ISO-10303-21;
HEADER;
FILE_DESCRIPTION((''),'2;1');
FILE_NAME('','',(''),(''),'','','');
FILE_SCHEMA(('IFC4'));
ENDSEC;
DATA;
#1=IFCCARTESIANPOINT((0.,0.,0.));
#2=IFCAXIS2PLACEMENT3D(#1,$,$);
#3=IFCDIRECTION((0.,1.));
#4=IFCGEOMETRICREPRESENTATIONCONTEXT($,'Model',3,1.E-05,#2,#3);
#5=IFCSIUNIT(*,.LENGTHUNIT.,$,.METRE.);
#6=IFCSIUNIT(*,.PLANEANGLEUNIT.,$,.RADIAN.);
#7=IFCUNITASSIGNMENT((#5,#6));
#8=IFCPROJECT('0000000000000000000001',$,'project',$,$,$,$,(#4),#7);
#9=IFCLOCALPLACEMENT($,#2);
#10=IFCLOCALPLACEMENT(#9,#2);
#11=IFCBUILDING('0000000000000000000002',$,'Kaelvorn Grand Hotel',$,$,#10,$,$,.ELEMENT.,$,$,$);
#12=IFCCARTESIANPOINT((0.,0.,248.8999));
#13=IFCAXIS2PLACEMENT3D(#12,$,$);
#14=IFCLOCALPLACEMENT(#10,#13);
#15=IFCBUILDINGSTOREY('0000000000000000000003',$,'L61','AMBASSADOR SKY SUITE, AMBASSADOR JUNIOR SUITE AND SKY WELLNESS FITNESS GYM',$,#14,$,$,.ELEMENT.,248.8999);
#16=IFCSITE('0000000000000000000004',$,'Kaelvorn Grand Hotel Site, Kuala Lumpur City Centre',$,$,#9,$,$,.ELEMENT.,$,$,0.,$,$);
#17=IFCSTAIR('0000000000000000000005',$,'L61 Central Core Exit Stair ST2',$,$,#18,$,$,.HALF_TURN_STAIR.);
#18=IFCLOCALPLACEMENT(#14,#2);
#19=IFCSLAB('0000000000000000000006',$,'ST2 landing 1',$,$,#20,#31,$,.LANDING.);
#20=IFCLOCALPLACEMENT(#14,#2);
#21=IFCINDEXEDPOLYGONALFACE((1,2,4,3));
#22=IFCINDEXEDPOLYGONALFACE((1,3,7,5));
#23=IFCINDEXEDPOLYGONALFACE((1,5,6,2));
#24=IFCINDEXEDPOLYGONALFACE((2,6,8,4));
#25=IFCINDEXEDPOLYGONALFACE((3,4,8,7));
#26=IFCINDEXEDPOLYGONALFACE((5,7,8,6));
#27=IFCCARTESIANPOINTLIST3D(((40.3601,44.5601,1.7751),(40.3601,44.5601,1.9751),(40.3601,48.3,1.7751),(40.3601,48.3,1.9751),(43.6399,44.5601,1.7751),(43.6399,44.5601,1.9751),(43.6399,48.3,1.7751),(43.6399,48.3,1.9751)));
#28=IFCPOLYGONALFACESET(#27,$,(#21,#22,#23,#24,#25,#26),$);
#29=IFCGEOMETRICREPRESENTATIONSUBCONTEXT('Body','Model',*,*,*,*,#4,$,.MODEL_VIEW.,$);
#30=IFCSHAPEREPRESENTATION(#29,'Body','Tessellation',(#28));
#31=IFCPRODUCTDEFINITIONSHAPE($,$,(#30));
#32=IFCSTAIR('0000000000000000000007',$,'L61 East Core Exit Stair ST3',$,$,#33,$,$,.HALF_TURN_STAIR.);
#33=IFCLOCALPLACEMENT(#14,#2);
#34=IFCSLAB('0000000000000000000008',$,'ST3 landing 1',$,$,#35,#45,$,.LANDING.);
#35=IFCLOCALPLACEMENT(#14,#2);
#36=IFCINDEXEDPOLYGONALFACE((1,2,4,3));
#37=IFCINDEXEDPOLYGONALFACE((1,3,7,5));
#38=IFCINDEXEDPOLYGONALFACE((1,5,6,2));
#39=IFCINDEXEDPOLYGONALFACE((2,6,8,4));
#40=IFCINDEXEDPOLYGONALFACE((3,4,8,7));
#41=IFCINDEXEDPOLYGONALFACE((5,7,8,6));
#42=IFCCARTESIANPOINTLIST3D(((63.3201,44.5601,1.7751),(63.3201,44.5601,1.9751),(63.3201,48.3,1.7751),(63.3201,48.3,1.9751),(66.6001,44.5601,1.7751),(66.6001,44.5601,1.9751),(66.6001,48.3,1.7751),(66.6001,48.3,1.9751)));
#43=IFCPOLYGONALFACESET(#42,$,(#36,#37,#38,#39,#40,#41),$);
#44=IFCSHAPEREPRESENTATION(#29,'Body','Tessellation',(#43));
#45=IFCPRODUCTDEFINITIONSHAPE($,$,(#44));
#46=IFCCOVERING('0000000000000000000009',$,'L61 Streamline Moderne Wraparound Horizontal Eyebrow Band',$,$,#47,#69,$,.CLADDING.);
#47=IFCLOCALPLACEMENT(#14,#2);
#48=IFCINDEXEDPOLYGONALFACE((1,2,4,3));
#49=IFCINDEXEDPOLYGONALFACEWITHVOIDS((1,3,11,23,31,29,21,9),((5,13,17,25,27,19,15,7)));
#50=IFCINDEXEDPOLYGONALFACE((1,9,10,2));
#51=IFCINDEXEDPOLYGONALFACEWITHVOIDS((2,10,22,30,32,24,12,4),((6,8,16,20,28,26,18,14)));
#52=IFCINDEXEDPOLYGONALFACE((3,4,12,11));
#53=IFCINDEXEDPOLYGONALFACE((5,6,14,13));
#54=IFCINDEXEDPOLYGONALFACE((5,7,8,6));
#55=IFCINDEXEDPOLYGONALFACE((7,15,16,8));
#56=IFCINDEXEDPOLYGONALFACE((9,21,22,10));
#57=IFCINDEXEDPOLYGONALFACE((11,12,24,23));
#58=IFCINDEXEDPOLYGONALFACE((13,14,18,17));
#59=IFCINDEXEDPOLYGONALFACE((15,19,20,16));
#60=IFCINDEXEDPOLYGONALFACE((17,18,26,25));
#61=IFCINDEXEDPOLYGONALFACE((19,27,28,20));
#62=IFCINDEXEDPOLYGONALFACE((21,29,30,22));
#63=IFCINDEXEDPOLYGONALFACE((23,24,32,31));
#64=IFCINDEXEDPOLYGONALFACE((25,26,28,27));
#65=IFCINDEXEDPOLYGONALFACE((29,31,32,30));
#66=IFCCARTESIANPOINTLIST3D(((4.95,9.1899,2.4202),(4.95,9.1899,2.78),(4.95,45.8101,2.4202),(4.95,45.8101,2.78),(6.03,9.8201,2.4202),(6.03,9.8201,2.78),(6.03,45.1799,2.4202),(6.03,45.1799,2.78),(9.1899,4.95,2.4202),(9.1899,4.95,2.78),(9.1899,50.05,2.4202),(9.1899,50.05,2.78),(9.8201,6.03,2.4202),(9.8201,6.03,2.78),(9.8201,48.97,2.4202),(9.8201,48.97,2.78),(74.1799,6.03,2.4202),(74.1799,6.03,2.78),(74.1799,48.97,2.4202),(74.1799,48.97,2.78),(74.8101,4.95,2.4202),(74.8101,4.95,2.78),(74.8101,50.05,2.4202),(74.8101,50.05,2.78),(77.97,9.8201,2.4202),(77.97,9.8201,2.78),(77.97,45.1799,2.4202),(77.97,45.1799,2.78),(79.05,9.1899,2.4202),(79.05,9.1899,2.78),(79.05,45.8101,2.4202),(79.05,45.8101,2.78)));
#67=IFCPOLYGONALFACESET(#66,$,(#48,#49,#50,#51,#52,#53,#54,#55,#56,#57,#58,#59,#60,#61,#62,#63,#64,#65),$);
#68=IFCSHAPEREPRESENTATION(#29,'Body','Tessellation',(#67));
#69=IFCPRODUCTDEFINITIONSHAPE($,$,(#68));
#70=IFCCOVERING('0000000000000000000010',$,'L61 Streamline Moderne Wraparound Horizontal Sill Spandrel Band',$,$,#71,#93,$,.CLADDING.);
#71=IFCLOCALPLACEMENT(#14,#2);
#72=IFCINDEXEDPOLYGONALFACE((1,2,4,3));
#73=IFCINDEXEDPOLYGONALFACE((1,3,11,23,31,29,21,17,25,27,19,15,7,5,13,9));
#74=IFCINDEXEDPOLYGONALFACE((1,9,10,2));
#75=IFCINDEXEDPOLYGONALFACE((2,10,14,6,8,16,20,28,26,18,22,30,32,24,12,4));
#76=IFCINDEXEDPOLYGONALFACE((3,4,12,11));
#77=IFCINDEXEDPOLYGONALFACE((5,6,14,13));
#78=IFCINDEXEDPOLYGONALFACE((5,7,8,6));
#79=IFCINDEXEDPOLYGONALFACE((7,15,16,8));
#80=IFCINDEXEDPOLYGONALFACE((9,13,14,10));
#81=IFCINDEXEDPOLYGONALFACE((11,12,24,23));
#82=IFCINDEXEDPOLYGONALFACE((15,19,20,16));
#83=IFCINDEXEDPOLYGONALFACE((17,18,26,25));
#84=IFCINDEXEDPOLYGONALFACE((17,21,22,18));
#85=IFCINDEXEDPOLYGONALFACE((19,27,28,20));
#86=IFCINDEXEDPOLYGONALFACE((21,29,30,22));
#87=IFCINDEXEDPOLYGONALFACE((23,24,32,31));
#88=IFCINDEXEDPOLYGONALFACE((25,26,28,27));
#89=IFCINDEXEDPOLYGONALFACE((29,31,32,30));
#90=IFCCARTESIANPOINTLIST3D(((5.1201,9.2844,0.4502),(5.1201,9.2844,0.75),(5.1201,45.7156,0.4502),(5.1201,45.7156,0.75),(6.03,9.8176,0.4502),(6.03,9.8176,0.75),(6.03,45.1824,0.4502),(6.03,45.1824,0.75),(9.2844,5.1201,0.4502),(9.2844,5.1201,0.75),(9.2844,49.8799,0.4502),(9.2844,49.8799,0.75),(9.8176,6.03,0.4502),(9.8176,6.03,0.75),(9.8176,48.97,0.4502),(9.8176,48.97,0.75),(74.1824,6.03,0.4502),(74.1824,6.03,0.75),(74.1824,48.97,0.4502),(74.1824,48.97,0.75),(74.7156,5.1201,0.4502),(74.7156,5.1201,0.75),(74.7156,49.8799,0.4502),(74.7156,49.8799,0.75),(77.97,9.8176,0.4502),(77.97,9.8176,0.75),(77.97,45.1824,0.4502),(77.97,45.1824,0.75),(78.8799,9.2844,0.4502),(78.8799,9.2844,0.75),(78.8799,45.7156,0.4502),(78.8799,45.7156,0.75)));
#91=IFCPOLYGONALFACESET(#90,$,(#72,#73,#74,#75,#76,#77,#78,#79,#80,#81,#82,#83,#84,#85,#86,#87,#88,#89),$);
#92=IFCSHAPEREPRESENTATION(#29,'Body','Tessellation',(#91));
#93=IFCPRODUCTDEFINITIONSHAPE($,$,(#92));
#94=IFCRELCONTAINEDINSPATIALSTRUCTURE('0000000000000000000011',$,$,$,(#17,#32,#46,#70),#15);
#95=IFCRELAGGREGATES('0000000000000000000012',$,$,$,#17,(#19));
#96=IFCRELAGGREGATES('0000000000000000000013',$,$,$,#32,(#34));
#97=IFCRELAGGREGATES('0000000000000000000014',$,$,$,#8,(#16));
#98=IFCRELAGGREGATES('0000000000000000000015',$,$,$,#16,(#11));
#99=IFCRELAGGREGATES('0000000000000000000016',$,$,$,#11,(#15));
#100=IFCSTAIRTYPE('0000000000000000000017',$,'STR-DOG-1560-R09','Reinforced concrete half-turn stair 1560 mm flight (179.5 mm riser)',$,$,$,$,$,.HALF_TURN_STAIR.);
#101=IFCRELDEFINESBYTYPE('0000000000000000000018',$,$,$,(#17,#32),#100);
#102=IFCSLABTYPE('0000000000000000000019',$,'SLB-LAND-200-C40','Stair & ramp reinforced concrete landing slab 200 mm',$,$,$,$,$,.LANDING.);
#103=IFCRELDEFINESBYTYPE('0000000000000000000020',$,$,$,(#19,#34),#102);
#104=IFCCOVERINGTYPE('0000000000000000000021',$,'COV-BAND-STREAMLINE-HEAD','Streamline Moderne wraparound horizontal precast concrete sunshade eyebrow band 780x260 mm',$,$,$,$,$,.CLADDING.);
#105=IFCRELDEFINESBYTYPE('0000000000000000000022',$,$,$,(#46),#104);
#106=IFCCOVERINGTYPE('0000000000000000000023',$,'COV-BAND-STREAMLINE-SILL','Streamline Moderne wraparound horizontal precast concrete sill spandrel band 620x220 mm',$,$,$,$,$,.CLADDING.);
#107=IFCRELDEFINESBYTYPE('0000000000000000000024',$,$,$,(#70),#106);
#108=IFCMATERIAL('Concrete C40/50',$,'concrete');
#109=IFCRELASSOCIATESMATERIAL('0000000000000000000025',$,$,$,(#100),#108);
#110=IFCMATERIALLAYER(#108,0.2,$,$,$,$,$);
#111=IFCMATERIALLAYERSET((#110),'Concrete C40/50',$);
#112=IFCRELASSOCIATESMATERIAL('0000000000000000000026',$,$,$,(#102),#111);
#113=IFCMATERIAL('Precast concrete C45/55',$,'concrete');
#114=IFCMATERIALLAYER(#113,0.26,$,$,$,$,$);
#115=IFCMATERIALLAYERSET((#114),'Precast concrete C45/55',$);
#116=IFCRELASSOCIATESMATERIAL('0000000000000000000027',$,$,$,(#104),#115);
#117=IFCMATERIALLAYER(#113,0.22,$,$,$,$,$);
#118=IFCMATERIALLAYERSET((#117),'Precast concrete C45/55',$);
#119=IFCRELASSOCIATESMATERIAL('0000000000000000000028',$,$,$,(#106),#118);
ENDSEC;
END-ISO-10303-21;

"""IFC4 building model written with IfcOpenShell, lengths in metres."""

from ifc_helpers import new_model, si_unit, direction, frame, origin, place, context, subcontext, project, spatial, polyline, outline, extrude, material, layer, layer_set, type_object, element, aggregate, save


model = new_model("IFC4")

# Units and contexts
model_context = context("Model", 3, precision=1e-05, world=origin(), true_north=direction((0.0, 1.0)))
body_context = subcontext(model_context, "Body", "Model", "MODEL_VIEW")
ifc_project = project(units=[si_unit("LENGTHUNIT", "METRE"), si_unit("PLANEANGLEUNIT", "RADIAN")], contexts=[model_context])

# Site, building, storey
site_placement = place(None, origin())
site = spatial("IfcSite", under=ifc_project, at=site_placement, Name="Kaelvorn Grand Hotel Site, Kuala Lumpur City Centre", CompositionType="ELEMENT", RefElevation=0.0)
building_placement = place(site_placement, origin())
building = spatial("IfcBuilding", under=site, at=building_placement, Name="Kaelvorn Grand Hotel", CompositionType="ELEMENT")
storey_placement = place(building_placement, frame((0.0, 0.0, 248.8999)))
storey = spatial("IfcBuildingStorey", under=building, at=storey_placement, Name="L61", Description="AMBASSADOR SKY SUITE, AMBASSADOR JUNIOR SUITE AND SKY WELLNESS FITNESS GYM", CompositionType="ELEMENT", Elevation=248.8999)

# Shared definitions
ifc_material_1 = material(Name="Precast concrete C45/55", Category="concrete")

# Shared definitions
ifc_material_2 = material(Name="Concrete C40/50", Category="concrete")

# Stairs, slabs
stair_type = type_object("IfcStairType", Name="STR-DOG-1560-R09", Description="Reinforced concrete half-turn stair 1560 mm flight (179.5 mm riser)", PredefinedType="HALF_TURN_STAIR", material=ifc_material_2)
ifc_layer_1 = layer(ifc_material_2, 0.2)
ifc_layer_set_1 = layer_set([ifc_layer_1], Name="Concrete C40/50")
slab_type_1 = type_object("IfcSlabType", Name="SLB-LAND-200-C40", Description="Stair & ramp reinforced concrete landing slab 200 mm", PredefinedType="LANDING", material=ifc_layer_set_1)
stair_1_placement = place(storey_placement, origin())
stair_1 = element("IfcStair", 1, at=stair_1_placement, inside=storey, type_object=stair_type, Name="L61 Central Core Exit Stair ST2", PredefinedType="HALF_TURN_STAIR")
slab_1_placement = place(storey_placement, frame((0.0, 0.0, 1.7751)))
slab_1 = element("IfcSlab", 2, at=slab_1_placement, type_object=slab_type_1, Name="ST2 landing 1", PredefinedType="LANDING", context=body_context, shape_type="SweptSolid", body=[
    extrude(outline(polyline([(43.6399, 44.5601), (43.6399, 48.3), (40.3601, 48.3), (40.3601, 44.5601), (43.6399, 44.5601)])), origin(), (0.0, 0.0, 1.0), 0.2),
])
aggregate(stair_1, [slab_1])
stair_2_placement = place(storey_placement, origin())
stair_2 = element("IfcStair", 3, at=stair_2_placement, inside=storey, type_object=stair_type, Name="L61 East Core Exit Stair ST3", PredefinedType="HALF_TURN_STAIR")
slab_2_placement = place(storey_placement, frame((0.0, 0.0, 1.7751)))
slab_2 = element("IfcSlab", 4, at=slab_2_placement, type_object=slab_type_1, Name="ST3 landing 1", PredefinedType="LANDING", context=body_context, shape_type="SweptSolid", body=[
    extrude(outline(polyline([(66.6001, 44.5601), (66.6001, 48.3), (63.3201, 48.3), (63.3201, 44.5601), (66.6001, 44.5601)])), origin(), (0.0, 0.0, 1.0), 0.2),
])
aggregate(stair_2, [slab_2])

# Coverings
ifc_layer_2 = layer(ifc_material_1, 0.26)
ifc_layer_set_2 = layer_set([ifc_layer_2], Name="Precast concrete C45/55")
covering_type_1 = type_object("IfcCoveringType", Name="COV-BAND-STREAMLINE-HEAD", Description="Streamline Moderne wraparound horizontal precast concrete sunshade eyebrow band 780x260 mm", PredefinedType="CLADDING", material=ifc_layer_set_2)
covering_1_placement = place(storey_placement, frame((0.0, 0.0, 2.4202)))
element("IfcCovering", 5, at=covering_1_placement, inside=storey, type_object=covering_type_1, Name="L61 Streamline Moderne Wraparound Horizontal Eyebrow Band", PredefinedType="CLADDING", context=body_context, shape_type="SweptSolid", body=[
    extrude(outline(polyline([(9.1899, 4.95), (74.8101, 4.95), (79.05, 9.1899), (79.05, 45.8101), (74.8101, 50.05), (9.1899, 50.05), (4.95, 45.8101), (4.95, 9.1899), (9.1899, 4.95)]), holes=[polyline([(9.8201, 6.03), (74.1799, 6.03), (77.97, 9.8201), (77.97, 45.1799), (74.1799, 48.97), (9.8201, 48.97), (6.03, 45.1799), (6.03, 9.8201), (9.8201, 6.03)])]), origin(), (0.0, 0.0, 1.0), 0.3599),
])
ifc_layer_3 = layer(ifc_material_1, 0.22)
ifc_layer_set_3 = layer_set([ifc_layer_3], Name="Precast concrete C45/55")
covering_type_2 = type_object("IfcCoveringType", Name="COV-BAND-STREAMLINE-SILL", Description="Streamline Moderne wraparound horizontal precast concrete sill spandrel band 620x220 mm", PredefinedType="CLADDING", material=ifc_layer_set_3)
covering_2_placement = place(storey_placement, frame((0.0, 0.0, 0.4502)))
element("IfcCovering", 6, at=covering_2_placement, inside=storey, type_object=covering_type_2, Name="L61 Streamline Moderne Wraparound Horizontal Sill Spandrel Band", PredefinedType="CLADDING", context=body_context, shape_type="SweptSolid", body=[
    extrude(outline(polyline([(74.7156, 5.1201), (78.8799, 9.2844), (78.8799, 45.7156), (74.7156, 49.8799), (9.2844, 49.8799), (5.1201, 45.7156), (5.1201, 9.2844), (9.2844, 5.1201), (9.8176, 6.03), (6.03, 9.8176), (6.03, 45.1824), (9.8176, 48.97), (74.1824, 48.97), (77.97, 45.1824), (77.97, 9.8176), (74.1824, 6.03), (74.7156, 5.1201)])), origin(), (0.0, 0.0, 1.0), 0.2998),
])

save(model, "model.ifc")
